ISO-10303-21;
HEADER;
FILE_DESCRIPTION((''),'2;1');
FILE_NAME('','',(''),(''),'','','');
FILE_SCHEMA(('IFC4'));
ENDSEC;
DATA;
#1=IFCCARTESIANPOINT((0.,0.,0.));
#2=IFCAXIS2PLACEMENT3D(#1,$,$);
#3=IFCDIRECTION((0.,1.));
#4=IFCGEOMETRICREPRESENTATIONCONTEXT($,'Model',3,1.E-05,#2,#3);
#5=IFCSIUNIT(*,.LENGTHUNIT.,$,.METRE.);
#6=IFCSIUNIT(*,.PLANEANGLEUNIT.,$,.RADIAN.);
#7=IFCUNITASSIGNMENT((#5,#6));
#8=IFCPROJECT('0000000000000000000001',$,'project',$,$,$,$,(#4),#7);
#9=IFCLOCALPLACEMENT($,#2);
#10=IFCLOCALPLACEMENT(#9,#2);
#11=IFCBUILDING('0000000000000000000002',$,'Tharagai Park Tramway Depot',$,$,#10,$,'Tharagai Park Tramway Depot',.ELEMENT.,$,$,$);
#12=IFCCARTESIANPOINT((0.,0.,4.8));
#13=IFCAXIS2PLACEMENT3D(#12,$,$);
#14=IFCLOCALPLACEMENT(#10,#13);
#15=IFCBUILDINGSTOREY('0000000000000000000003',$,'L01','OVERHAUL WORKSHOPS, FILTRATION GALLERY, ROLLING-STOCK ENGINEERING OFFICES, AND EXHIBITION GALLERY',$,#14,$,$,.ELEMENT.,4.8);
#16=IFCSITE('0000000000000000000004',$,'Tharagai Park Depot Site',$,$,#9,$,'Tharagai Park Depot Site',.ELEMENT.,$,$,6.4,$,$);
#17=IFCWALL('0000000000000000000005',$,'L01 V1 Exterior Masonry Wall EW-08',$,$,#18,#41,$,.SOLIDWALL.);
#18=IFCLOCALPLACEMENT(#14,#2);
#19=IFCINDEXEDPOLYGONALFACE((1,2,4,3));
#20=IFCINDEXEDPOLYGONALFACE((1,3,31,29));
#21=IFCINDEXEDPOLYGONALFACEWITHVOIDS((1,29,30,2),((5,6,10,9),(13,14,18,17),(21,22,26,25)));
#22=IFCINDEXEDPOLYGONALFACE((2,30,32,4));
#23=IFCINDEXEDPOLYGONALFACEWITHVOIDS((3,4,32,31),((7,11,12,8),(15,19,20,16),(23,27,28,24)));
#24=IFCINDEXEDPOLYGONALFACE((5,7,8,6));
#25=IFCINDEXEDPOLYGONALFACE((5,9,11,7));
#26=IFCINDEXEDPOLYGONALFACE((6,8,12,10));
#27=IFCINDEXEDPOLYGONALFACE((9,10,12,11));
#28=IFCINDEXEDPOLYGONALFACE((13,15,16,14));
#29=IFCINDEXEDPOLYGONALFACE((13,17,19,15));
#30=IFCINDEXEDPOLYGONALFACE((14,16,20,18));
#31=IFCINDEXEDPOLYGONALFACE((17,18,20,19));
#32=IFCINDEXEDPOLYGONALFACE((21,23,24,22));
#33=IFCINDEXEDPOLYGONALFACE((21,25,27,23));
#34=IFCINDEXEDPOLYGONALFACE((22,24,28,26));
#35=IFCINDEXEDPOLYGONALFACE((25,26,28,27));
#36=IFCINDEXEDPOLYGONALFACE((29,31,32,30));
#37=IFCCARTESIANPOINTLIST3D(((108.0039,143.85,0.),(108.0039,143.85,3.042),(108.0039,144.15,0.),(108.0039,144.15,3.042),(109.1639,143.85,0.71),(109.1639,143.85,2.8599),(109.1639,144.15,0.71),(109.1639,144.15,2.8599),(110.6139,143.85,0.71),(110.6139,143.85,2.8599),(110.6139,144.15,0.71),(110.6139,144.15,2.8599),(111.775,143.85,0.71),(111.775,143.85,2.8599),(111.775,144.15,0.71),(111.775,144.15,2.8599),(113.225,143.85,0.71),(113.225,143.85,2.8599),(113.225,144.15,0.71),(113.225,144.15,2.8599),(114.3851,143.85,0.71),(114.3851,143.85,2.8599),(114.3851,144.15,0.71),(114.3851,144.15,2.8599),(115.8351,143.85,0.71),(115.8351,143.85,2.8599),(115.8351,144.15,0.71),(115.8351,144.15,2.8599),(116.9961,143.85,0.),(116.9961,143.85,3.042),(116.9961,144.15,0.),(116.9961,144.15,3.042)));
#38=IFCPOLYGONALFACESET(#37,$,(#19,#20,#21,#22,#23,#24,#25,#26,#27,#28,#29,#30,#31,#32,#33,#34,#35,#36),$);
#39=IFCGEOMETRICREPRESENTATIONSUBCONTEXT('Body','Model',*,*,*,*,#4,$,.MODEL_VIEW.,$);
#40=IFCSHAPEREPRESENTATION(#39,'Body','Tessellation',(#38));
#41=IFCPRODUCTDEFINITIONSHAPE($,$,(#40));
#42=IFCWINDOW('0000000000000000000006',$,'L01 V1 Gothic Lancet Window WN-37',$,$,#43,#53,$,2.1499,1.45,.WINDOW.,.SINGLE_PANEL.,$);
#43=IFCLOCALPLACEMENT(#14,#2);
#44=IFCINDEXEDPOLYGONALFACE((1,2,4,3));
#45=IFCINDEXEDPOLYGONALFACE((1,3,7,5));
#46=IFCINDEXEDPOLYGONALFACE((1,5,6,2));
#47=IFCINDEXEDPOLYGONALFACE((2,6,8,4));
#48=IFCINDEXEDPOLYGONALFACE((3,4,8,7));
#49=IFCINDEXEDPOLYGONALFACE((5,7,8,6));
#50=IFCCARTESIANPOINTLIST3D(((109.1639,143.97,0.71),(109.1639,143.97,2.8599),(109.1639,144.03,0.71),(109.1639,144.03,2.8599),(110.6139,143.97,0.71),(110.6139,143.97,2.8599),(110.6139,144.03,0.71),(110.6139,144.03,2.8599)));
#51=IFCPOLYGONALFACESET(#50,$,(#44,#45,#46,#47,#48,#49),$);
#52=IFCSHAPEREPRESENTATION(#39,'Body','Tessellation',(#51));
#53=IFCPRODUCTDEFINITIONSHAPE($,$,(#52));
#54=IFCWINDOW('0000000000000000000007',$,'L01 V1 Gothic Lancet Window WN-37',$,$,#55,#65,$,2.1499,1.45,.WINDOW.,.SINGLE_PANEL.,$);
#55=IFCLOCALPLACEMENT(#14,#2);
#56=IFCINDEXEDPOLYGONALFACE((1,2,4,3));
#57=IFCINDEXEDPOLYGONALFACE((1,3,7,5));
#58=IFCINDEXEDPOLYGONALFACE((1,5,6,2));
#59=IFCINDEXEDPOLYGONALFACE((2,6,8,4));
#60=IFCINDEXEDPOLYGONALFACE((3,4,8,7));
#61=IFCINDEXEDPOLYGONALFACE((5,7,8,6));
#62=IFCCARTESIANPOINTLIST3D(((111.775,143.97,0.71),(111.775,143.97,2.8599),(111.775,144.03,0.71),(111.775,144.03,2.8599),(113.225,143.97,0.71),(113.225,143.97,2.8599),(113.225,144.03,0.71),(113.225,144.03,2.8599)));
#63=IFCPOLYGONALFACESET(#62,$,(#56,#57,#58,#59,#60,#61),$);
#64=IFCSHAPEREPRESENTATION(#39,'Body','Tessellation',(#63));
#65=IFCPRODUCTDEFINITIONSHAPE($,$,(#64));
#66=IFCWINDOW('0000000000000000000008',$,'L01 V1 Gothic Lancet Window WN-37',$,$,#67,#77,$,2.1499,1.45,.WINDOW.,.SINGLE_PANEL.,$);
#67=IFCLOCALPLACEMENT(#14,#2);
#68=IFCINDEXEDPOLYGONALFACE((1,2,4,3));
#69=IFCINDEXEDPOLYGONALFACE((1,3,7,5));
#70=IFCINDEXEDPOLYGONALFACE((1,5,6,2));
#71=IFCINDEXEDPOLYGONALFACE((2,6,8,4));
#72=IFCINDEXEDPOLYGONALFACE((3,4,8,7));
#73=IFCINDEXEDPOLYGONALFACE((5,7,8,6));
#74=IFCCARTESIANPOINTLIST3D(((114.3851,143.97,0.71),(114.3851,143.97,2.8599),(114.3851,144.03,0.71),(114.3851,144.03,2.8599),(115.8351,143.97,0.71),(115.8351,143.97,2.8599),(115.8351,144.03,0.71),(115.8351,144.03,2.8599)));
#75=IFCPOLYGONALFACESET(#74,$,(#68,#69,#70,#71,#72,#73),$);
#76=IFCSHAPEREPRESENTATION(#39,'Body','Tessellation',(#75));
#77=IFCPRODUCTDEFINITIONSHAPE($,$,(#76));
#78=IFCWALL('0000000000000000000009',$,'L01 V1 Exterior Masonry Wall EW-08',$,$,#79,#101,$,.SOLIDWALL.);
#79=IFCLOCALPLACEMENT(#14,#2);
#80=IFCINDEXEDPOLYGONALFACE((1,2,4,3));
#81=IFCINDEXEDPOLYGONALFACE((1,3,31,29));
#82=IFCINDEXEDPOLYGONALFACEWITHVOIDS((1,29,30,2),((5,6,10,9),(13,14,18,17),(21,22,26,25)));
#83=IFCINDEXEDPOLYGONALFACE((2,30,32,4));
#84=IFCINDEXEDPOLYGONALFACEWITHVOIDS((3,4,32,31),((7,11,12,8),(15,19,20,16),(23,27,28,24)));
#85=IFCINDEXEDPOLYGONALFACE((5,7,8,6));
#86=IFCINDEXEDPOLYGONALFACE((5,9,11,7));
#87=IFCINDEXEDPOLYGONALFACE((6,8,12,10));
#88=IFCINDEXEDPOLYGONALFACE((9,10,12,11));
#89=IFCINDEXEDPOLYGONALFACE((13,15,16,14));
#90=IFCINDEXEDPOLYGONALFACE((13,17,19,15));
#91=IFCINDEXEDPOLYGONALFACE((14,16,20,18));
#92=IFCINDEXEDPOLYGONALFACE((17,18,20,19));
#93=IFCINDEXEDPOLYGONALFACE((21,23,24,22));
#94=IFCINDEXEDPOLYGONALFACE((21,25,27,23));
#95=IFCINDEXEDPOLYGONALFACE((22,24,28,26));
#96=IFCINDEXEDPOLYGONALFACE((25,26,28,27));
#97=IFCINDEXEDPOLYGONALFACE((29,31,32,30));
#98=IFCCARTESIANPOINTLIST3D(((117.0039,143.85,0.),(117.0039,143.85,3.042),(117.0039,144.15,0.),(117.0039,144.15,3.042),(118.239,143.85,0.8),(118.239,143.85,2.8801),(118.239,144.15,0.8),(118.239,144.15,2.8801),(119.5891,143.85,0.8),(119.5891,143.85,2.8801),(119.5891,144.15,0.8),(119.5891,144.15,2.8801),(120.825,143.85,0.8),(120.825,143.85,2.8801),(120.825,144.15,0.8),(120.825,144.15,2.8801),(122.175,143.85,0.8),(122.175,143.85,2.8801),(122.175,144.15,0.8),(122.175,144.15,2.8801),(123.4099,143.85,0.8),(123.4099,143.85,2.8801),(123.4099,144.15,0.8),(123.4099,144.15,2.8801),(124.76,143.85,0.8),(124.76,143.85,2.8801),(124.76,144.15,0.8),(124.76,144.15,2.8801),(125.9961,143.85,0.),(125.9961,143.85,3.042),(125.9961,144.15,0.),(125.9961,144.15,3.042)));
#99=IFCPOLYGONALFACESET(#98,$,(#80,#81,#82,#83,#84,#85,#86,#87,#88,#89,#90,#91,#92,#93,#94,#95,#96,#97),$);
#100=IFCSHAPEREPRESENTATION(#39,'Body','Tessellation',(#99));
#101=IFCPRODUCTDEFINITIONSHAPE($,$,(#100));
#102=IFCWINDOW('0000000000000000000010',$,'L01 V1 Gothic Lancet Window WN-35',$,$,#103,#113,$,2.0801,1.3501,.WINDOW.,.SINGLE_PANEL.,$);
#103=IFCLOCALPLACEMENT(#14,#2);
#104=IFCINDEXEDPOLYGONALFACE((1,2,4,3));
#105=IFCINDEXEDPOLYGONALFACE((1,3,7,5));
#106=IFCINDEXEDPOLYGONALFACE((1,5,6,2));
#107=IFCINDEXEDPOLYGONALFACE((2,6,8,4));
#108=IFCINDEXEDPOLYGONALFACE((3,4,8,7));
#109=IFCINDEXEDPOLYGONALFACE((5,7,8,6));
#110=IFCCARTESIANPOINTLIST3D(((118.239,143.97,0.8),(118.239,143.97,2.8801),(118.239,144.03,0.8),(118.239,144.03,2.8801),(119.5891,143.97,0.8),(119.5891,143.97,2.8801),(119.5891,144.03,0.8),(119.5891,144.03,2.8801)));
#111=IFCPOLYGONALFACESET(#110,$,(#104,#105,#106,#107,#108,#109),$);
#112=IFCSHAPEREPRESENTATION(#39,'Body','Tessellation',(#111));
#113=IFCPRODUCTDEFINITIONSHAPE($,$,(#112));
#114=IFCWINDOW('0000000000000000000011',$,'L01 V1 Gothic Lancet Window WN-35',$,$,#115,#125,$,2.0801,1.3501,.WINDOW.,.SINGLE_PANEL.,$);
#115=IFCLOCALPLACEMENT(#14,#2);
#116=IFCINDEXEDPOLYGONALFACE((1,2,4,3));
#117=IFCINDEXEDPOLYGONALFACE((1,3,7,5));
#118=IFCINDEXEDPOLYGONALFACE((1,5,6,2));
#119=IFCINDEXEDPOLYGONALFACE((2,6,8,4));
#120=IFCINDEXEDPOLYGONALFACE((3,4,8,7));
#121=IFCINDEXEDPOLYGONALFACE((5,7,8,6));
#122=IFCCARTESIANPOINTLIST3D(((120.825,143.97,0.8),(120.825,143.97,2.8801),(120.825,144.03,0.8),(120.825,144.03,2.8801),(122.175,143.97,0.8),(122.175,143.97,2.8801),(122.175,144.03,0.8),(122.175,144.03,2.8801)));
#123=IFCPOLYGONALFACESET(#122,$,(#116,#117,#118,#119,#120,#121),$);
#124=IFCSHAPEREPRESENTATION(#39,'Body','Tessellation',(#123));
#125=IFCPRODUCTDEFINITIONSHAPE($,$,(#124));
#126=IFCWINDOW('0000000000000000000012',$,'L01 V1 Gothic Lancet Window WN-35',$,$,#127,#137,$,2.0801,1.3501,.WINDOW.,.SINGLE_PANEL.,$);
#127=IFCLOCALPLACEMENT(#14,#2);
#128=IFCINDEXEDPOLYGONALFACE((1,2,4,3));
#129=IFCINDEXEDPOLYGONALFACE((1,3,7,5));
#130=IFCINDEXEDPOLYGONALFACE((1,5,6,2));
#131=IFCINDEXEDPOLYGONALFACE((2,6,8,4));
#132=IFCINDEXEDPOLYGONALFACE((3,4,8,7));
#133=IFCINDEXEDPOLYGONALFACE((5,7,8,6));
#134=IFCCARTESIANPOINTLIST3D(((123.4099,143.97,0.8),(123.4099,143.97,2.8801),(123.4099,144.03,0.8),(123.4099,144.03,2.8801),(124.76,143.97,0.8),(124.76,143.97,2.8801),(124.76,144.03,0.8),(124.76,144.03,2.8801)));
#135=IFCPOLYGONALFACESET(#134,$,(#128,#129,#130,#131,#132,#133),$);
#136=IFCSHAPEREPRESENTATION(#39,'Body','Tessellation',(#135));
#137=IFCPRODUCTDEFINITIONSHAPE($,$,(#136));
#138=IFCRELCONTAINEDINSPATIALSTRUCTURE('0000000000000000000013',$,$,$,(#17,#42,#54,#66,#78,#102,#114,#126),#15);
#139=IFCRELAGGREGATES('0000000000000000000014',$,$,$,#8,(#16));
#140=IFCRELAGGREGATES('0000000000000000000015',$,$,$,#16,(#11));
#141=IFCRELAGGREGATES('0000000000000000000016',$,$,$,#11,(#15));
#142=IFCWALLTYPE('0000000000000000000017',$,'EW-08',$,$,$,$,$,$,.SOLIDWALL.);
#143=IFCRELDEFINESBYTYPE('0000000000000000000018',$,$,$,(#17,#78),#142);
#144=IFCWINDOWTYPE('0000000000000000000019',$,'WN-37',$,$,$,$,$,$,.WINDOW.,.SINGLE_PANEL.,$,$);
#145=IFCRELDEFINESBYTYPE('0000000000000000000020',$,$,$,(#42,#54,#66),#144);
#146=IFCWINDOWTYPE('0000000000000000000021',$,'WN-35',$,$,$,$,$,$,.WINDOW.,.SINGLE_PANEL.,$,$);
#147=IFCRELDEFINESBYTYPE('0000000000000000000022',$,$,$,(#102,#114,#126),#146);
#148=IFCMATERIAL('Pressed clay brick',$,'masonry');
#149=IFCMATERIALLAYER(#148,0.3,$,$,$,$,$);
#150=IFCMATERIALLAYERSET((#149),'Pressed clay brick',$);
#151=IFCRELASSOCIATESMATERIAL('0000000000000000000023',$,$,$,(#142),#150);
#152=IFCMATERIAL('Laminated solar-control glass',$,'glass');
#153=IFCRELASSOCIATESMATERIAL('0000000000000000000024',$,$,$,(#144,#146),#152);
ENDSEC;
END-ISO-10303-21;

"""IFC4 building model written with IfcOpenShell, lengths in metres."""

from ifc_helpers import new_model, si_unit, direction, frame, frame_2d, origin, place, context, subcontext, project, spatial, rectangle, extrude, material, layer, layer_set, type_object, element, fill, save


model = new_model("IFC4")

# Units and contexts
model_context = context("Model", 3, precision=1e-05, world=origin(), true_north=direction((0.0, 1.0)))
body_context = subcontext(model_context, "Body", "Model", "MODEL_VIEW")
ifc_project = project(units=[si_unit("LENGTHUNIT", "METRE"), si_unit("PLANEANGLEUNIT", "RADIAN")], contexts=[model_context])

# Site, building, storey
site_placement = place(None, origin())
site = spatial("IfcSite", under=ifc_project, at=site_placement, Name="Tharagai Park Depot Site", LongName="Tharagai Park Depot Site", CompositionType="ELEMENT", RefElevation=6.4)
building_placement = place(site_placement, origin())
building = spatial("IfcBuilding", under=site, at=building_placement, Name="Tharagai Park Tramway Depot", LongName="Tharagai Park Tramway Depot", CompositionType="ELEMENT")
storey_placement = place(building_placement, frame((0.0, 0.0, 4.8)))
storey = spatial("IfcBuildingStorey", under=building, at=storey_placement, Name="L01", Description="OVERHAUL WORKSHOPS, FILTRATION GALLERY, ROLLING-STOCK ENGINEERING OFFICES, AND EXHIBITION GALLERY", CompositionType="ELEMENT", Elevation=4.8)

# Walls, openings, windows
ifc_material_1 = material(Name="Pressed clay brick", Category="masonry")
ifc_layer_1 = layer(ifc_material_1, 0.3)
ifc_layer_set_1 = layer_set([ifc_layer_1], Name="Pressed clay brick")
wall_type = type_object("IfcWallType", Name="EW-08", PredefinedType="SOLIDWALL", material=ifc_layer_set_1)
wall_1_placement = place(storey_placement, frame((108.0039, 144.0, 0.0), z_axis=(0.0, 0.0, 1.0), x_axis=(1.0, 0.0, 0.0)))
wall_1 = element("IfcWall", 1, at=wall_1_placement, inside=storey, type_object=wall_type, Name="L01 V1 Exterior Masonry Wall EW-08", PredefinedType="SOLIDWALL", context=body_context, shape_type="SweptSolid", body=[
    extrude(rectangle(XDim=8.9922, YDim=0.3, at=frame_2d((4.4961, 0.0))), origin(), (0.0, 0.0, 1.0), 3.042),
])
opening_1_placement = place(wall_1_placement, frame((1.1599, 0.0, 0.71)))
opening_1 = element("IfcOpeningElement", 2, at=opening_1_placement, cuts=wall_1, PredefinedType="OPENING", context=body_context, shape_type="SweptSolid", body=[
    extrude(rectangle(XDim=1.45, YDim=2.1499, at=frame_2d((0.7251, 1.075))), frame((0.0, 0.1599, 0.0), z_axis=(0.0, -1.0, 0.0), x_axis=(1.0, 0.0, 0.0)), (0.0, 0.0, 1.0), 0.3201),
])
opening_2_placement = place(wall_1_placement, frame((3.771, 0.0, 0.71)))
opening_2 = element("IfcOpeningElement", 3, at=opening_2_placement, cuts=wall_1, PredefinedType="OPENING", context=body_context, shape_type="SweptSolid", body=[
    extrude(rectangle(XDim=1.45, YDim=2.1499, at=frame_2d((0.7251, 1.075))), frame((0.0, 0.1599, 0.0), z_axis=(0.0, -1.0, 0.0), x_axis=(1.0, 0.0, 0.0)), (0.0, 0.0, 1.0), 0.3201),
])
opening_3_placement = place(wall_1_placement, frame((6.3811, 0.0, 0.71)))
opening_3 = element("IfcOpeningElement", 4, at=opening_3_placement, cuts=wall_1, PredefinedType="OPENING", context=body_context, shape_type="SweptSolid", body=[
    extrude(rectangle(XDim=1.45, YDim=2.1499, at=frame_2d((0.7251, 1.075))), frame((0.0, 0.1599, 0.0), z_axis=(0.0, -1.0, 0.0), x_axis=(1.0, 0.0, 0.0)), (0.0, 0.0, 1.0), 0.3201),
])
ifc_material_2 = material(Name="Laminated solar-control glass", Category="glass")
window_type_1 = type_object("IfcWindowType", Name="WN-37", PartitioningType="SINGLE_PANEL", PredefinedType="WINDOW", material=ifc_material_2)
window_1_placement = place(opening_1_placement, origin())
window_1 = element("IfcWindow", 5, at=window_1_placement, inside=storey, type_object=window_type_1, Name="L01 V1 Gothic Lancet Window WN-37", OverallHeight=2.1499, OverallWidth=1.45, PartitioningType="SINGLE_PANEL", PredefinedType="WINDOW", context=body_context, shape_type="SweptSolid", body=[
    extrude(rectangle(XDim=1.45, YDim=2.1499, at=frame_2d((0.7251, 1.075))), frame((0.0, 0.03, 0.0), z_axis=(0.0, -1.0, 0.0), x_axis=(1.0, 0.0, 0.0)), (0.0, 0.0, 1.0), 0.0601),
])
fill(opening_1, window_1)
window_2_placement = place(opening_2_placement, origin())
window_2 = element("IfcWindow", 6, at=window_2_placement, inside=storey, type_object=window_type_1, Name="L01 V1 Gothic Lancet Window WN-37", OverallHeight=2.1499, OverallWidth=1.45, PartitioningType="SINGLE_PANEL", PredefinedType="WINDOW", context=body_context, shape_type="SweptSolid", body=[
    extrude(rectangle(XDim=1.45, YDim=2.1499, at=frame_2d((0.7251, 1.075))), frame((0.0, 0.03, 0.0), z_axis=(0.0, -1.0, 0.0), x_axis=(1.0, 0.0, 0.0)), (0.0, 0.0, 1.0), 0.0601),
])
fill(opening_2, window_2)
window_3_placement = place(opening_3_placement, origin())
window_3 = element("IfcWindow", 7, at=window_3_placement, inside=storey, type_object=window_type_1, Name="L01 V1 Gothic Lancet Window WN-37", OverallHeight=2.1499, OverallWidth=1.45, PartitioningType="SINGLE_PANEL", PredefinedType="WINDOW", context=body_context, shape_type="SweptSolid", body=[
    extrude(rectangle(XDim=1.45, YDim=2.1499, at=frame_2d((0.7251, 1.075))), frame((0.0, 0.03, 0.0), z_axis=(0.0, -1.0, 0.0), x_axis=(1.0, 0.0, 0.0)), (0.0, 0.0, 1.0), 0.0601),
])
fill(opening_3, window_3)
wall_2_placement = place(storey_placement, frame((117.0039, 144.0, 0.0), z_axis=(0.0, 0.0, 1.0), x_axis=(1.0, 0.0, 0.0)))
wall_2 = element("IfcWall", 8, at=wall_2_placement, inside=storey, type_object=wall_type, Name="L01 V1 Exterior Masonry Wall EW-08", PredefinedType="SOLIDWALL", context=body_context, shape_type="SweptSolid", body=[
    extrude(rectangle(XDim=8.9922, YDim=0.3, at=frame_2d((4.4961, 0.0))), origin(), (0.0, 0.0, 1.0), 3.042),
])
opening_4_placement = place(wall_2_placement, frame((1.2351, 0.0, 0.8)))
opening_4 = element("IfcOpeningElement", 9, at=opening_4_placement, cuts=wall_2, PredefinedType="OPENING", context=body_context, shape_type="SweptSolid", body=[
    extrude(rectangle(XDim=1.3501, YDim=2.0801, at=frame_2d((0.675, 1.04))), frame((0.0, 0.1599, 0.0), z_axis=(0.0, -1.0, 0.0), x_axis=(1.0, 0.0, 0.0)), (0.0, 0.0, 1.0), 0.3201),
])
opening_5_placement = place(wall_2_placement, frame((3.821, 0.0, 0.8)))
opening_5 = element("IfcOpeningElement", 10, at=opening_5_placement, cuts=wall_2, PredefinedType="OPENING", context=body_context, shape_type="SweptSolid", body=[
    extrude(rectangle(XDim=1.3501, YDim=2.0801, at=frame_2d((0.675, 1.04))), frame((0.0, 0.1599, 0.0), z_axis=(0.0, -1.0, 0.0), x_axis=(1.0, 0.0, 0.0)), (0.0, 0.0, 1.0), 0.3201),
])
opening_6_placement = place(wall_2_placement, frame((6.406, 0.0, 0.8)))
opening_6 = element("IfcOpeningElement", 11, at=opening_6_placement, cuts=wall_2, PredefinedType="OPENING", context=body_context, shape_type="SweptSolid", body=[
    extrude(rectangle(XDim=1.3501, YDim=2.0801, at=frame_2d((0.675, 1.04))), frame((0.0, 0.1599, 0.0), z_axis=(0.0, -1.0, 0.0), x_axis=(1.0, 0.0, 0.0)), (0.0, 0.0, 1.0), 0.3201),
])
window_type_2 = type_object("IfcWindowType", Name="WN-35", PartitioningType="SINGLE_PANEL", PredefinedType="WINDOW", material=ifc_material_2)
window_4_placement = place(opening_4_placement, origin())
window_4 = element("IfcWindow", 12, at=window_4_placement, inside=storey, type_object=window_type_2, Name="L01 V1 Gothic Lancet Window WN-35", OverallHeight=2.0801, OverallWidth=1.3501, PartitioningType="SINGLE_PANEL", PredefinedType="WINDOW", context=body_context, shape_type="SweptSolid", body=[
    extrude(rectangle(XDim=1.3501, YDim=2.0801, at=frame_2d((0.675, 1.04))), frame((0.0, 0.03, 0.0), z_axis=(0.0, -1.0, 0.0), x_axis=(1.0, 0.0, 0.0)), (0.0, 0.0, 1.0), 0.0601),
])
fill(opening_4, window_4)
window_5_placement = place(opening_5_placement, origin())
window_5 = element("IfcWindow", 13, at=window_5_placement, inside=storey, type_object=window_type_2, Name="L01 V1 Gothic Lancet Window WN-35", OverallHeight=2.0801, OverallWidth=1.3501, PartitioningType="SINGLE_PANEL", PredefinedType="WINDOW", context=body_context, shape_type="SweptSolid", body=[
    extrude(rectangle(XDim=1.3501, YDim=2.0801, at=frame_2d((0.675, 1.04))), frame((0.0, 0.03, 0.0), z_axis=(0.0, -1.0, 0.0), x_axis=(1.0, 0.0, 0.0)), (0.0, 0.0, 1.0), 0.0601),
])
fill(opening_5, window_5)
window_6_placement = place(opening_6_placement, origin())
window_6 = element("IfcWindow", 14, at=window_6_placement, inside=storey, type_object=window_type_2, Name="L01 V1 Gothic Lancet Window WN-35", OverallHeight=2.0801, OverallWidth=1.3501, PartitioningType="SINGLE_PANEL", PredefinedType="WINDOW", context=body_context, shape_type="SweptSolid", body=[
    extrude(rectangle(XDim=1.3501, YDim=2.0801, at=frame_2d((0.675, 1.04))), frame((0.0, 0.03, 0.0), z_axis=(0.0, -1.0, 0.0), x_axis=(1.0, 0.0, 0.0)), (0.0, 0.0, 1.0), 0.0601),
])
fill(opening_6, window_6)

save(model, "model.ifc")
